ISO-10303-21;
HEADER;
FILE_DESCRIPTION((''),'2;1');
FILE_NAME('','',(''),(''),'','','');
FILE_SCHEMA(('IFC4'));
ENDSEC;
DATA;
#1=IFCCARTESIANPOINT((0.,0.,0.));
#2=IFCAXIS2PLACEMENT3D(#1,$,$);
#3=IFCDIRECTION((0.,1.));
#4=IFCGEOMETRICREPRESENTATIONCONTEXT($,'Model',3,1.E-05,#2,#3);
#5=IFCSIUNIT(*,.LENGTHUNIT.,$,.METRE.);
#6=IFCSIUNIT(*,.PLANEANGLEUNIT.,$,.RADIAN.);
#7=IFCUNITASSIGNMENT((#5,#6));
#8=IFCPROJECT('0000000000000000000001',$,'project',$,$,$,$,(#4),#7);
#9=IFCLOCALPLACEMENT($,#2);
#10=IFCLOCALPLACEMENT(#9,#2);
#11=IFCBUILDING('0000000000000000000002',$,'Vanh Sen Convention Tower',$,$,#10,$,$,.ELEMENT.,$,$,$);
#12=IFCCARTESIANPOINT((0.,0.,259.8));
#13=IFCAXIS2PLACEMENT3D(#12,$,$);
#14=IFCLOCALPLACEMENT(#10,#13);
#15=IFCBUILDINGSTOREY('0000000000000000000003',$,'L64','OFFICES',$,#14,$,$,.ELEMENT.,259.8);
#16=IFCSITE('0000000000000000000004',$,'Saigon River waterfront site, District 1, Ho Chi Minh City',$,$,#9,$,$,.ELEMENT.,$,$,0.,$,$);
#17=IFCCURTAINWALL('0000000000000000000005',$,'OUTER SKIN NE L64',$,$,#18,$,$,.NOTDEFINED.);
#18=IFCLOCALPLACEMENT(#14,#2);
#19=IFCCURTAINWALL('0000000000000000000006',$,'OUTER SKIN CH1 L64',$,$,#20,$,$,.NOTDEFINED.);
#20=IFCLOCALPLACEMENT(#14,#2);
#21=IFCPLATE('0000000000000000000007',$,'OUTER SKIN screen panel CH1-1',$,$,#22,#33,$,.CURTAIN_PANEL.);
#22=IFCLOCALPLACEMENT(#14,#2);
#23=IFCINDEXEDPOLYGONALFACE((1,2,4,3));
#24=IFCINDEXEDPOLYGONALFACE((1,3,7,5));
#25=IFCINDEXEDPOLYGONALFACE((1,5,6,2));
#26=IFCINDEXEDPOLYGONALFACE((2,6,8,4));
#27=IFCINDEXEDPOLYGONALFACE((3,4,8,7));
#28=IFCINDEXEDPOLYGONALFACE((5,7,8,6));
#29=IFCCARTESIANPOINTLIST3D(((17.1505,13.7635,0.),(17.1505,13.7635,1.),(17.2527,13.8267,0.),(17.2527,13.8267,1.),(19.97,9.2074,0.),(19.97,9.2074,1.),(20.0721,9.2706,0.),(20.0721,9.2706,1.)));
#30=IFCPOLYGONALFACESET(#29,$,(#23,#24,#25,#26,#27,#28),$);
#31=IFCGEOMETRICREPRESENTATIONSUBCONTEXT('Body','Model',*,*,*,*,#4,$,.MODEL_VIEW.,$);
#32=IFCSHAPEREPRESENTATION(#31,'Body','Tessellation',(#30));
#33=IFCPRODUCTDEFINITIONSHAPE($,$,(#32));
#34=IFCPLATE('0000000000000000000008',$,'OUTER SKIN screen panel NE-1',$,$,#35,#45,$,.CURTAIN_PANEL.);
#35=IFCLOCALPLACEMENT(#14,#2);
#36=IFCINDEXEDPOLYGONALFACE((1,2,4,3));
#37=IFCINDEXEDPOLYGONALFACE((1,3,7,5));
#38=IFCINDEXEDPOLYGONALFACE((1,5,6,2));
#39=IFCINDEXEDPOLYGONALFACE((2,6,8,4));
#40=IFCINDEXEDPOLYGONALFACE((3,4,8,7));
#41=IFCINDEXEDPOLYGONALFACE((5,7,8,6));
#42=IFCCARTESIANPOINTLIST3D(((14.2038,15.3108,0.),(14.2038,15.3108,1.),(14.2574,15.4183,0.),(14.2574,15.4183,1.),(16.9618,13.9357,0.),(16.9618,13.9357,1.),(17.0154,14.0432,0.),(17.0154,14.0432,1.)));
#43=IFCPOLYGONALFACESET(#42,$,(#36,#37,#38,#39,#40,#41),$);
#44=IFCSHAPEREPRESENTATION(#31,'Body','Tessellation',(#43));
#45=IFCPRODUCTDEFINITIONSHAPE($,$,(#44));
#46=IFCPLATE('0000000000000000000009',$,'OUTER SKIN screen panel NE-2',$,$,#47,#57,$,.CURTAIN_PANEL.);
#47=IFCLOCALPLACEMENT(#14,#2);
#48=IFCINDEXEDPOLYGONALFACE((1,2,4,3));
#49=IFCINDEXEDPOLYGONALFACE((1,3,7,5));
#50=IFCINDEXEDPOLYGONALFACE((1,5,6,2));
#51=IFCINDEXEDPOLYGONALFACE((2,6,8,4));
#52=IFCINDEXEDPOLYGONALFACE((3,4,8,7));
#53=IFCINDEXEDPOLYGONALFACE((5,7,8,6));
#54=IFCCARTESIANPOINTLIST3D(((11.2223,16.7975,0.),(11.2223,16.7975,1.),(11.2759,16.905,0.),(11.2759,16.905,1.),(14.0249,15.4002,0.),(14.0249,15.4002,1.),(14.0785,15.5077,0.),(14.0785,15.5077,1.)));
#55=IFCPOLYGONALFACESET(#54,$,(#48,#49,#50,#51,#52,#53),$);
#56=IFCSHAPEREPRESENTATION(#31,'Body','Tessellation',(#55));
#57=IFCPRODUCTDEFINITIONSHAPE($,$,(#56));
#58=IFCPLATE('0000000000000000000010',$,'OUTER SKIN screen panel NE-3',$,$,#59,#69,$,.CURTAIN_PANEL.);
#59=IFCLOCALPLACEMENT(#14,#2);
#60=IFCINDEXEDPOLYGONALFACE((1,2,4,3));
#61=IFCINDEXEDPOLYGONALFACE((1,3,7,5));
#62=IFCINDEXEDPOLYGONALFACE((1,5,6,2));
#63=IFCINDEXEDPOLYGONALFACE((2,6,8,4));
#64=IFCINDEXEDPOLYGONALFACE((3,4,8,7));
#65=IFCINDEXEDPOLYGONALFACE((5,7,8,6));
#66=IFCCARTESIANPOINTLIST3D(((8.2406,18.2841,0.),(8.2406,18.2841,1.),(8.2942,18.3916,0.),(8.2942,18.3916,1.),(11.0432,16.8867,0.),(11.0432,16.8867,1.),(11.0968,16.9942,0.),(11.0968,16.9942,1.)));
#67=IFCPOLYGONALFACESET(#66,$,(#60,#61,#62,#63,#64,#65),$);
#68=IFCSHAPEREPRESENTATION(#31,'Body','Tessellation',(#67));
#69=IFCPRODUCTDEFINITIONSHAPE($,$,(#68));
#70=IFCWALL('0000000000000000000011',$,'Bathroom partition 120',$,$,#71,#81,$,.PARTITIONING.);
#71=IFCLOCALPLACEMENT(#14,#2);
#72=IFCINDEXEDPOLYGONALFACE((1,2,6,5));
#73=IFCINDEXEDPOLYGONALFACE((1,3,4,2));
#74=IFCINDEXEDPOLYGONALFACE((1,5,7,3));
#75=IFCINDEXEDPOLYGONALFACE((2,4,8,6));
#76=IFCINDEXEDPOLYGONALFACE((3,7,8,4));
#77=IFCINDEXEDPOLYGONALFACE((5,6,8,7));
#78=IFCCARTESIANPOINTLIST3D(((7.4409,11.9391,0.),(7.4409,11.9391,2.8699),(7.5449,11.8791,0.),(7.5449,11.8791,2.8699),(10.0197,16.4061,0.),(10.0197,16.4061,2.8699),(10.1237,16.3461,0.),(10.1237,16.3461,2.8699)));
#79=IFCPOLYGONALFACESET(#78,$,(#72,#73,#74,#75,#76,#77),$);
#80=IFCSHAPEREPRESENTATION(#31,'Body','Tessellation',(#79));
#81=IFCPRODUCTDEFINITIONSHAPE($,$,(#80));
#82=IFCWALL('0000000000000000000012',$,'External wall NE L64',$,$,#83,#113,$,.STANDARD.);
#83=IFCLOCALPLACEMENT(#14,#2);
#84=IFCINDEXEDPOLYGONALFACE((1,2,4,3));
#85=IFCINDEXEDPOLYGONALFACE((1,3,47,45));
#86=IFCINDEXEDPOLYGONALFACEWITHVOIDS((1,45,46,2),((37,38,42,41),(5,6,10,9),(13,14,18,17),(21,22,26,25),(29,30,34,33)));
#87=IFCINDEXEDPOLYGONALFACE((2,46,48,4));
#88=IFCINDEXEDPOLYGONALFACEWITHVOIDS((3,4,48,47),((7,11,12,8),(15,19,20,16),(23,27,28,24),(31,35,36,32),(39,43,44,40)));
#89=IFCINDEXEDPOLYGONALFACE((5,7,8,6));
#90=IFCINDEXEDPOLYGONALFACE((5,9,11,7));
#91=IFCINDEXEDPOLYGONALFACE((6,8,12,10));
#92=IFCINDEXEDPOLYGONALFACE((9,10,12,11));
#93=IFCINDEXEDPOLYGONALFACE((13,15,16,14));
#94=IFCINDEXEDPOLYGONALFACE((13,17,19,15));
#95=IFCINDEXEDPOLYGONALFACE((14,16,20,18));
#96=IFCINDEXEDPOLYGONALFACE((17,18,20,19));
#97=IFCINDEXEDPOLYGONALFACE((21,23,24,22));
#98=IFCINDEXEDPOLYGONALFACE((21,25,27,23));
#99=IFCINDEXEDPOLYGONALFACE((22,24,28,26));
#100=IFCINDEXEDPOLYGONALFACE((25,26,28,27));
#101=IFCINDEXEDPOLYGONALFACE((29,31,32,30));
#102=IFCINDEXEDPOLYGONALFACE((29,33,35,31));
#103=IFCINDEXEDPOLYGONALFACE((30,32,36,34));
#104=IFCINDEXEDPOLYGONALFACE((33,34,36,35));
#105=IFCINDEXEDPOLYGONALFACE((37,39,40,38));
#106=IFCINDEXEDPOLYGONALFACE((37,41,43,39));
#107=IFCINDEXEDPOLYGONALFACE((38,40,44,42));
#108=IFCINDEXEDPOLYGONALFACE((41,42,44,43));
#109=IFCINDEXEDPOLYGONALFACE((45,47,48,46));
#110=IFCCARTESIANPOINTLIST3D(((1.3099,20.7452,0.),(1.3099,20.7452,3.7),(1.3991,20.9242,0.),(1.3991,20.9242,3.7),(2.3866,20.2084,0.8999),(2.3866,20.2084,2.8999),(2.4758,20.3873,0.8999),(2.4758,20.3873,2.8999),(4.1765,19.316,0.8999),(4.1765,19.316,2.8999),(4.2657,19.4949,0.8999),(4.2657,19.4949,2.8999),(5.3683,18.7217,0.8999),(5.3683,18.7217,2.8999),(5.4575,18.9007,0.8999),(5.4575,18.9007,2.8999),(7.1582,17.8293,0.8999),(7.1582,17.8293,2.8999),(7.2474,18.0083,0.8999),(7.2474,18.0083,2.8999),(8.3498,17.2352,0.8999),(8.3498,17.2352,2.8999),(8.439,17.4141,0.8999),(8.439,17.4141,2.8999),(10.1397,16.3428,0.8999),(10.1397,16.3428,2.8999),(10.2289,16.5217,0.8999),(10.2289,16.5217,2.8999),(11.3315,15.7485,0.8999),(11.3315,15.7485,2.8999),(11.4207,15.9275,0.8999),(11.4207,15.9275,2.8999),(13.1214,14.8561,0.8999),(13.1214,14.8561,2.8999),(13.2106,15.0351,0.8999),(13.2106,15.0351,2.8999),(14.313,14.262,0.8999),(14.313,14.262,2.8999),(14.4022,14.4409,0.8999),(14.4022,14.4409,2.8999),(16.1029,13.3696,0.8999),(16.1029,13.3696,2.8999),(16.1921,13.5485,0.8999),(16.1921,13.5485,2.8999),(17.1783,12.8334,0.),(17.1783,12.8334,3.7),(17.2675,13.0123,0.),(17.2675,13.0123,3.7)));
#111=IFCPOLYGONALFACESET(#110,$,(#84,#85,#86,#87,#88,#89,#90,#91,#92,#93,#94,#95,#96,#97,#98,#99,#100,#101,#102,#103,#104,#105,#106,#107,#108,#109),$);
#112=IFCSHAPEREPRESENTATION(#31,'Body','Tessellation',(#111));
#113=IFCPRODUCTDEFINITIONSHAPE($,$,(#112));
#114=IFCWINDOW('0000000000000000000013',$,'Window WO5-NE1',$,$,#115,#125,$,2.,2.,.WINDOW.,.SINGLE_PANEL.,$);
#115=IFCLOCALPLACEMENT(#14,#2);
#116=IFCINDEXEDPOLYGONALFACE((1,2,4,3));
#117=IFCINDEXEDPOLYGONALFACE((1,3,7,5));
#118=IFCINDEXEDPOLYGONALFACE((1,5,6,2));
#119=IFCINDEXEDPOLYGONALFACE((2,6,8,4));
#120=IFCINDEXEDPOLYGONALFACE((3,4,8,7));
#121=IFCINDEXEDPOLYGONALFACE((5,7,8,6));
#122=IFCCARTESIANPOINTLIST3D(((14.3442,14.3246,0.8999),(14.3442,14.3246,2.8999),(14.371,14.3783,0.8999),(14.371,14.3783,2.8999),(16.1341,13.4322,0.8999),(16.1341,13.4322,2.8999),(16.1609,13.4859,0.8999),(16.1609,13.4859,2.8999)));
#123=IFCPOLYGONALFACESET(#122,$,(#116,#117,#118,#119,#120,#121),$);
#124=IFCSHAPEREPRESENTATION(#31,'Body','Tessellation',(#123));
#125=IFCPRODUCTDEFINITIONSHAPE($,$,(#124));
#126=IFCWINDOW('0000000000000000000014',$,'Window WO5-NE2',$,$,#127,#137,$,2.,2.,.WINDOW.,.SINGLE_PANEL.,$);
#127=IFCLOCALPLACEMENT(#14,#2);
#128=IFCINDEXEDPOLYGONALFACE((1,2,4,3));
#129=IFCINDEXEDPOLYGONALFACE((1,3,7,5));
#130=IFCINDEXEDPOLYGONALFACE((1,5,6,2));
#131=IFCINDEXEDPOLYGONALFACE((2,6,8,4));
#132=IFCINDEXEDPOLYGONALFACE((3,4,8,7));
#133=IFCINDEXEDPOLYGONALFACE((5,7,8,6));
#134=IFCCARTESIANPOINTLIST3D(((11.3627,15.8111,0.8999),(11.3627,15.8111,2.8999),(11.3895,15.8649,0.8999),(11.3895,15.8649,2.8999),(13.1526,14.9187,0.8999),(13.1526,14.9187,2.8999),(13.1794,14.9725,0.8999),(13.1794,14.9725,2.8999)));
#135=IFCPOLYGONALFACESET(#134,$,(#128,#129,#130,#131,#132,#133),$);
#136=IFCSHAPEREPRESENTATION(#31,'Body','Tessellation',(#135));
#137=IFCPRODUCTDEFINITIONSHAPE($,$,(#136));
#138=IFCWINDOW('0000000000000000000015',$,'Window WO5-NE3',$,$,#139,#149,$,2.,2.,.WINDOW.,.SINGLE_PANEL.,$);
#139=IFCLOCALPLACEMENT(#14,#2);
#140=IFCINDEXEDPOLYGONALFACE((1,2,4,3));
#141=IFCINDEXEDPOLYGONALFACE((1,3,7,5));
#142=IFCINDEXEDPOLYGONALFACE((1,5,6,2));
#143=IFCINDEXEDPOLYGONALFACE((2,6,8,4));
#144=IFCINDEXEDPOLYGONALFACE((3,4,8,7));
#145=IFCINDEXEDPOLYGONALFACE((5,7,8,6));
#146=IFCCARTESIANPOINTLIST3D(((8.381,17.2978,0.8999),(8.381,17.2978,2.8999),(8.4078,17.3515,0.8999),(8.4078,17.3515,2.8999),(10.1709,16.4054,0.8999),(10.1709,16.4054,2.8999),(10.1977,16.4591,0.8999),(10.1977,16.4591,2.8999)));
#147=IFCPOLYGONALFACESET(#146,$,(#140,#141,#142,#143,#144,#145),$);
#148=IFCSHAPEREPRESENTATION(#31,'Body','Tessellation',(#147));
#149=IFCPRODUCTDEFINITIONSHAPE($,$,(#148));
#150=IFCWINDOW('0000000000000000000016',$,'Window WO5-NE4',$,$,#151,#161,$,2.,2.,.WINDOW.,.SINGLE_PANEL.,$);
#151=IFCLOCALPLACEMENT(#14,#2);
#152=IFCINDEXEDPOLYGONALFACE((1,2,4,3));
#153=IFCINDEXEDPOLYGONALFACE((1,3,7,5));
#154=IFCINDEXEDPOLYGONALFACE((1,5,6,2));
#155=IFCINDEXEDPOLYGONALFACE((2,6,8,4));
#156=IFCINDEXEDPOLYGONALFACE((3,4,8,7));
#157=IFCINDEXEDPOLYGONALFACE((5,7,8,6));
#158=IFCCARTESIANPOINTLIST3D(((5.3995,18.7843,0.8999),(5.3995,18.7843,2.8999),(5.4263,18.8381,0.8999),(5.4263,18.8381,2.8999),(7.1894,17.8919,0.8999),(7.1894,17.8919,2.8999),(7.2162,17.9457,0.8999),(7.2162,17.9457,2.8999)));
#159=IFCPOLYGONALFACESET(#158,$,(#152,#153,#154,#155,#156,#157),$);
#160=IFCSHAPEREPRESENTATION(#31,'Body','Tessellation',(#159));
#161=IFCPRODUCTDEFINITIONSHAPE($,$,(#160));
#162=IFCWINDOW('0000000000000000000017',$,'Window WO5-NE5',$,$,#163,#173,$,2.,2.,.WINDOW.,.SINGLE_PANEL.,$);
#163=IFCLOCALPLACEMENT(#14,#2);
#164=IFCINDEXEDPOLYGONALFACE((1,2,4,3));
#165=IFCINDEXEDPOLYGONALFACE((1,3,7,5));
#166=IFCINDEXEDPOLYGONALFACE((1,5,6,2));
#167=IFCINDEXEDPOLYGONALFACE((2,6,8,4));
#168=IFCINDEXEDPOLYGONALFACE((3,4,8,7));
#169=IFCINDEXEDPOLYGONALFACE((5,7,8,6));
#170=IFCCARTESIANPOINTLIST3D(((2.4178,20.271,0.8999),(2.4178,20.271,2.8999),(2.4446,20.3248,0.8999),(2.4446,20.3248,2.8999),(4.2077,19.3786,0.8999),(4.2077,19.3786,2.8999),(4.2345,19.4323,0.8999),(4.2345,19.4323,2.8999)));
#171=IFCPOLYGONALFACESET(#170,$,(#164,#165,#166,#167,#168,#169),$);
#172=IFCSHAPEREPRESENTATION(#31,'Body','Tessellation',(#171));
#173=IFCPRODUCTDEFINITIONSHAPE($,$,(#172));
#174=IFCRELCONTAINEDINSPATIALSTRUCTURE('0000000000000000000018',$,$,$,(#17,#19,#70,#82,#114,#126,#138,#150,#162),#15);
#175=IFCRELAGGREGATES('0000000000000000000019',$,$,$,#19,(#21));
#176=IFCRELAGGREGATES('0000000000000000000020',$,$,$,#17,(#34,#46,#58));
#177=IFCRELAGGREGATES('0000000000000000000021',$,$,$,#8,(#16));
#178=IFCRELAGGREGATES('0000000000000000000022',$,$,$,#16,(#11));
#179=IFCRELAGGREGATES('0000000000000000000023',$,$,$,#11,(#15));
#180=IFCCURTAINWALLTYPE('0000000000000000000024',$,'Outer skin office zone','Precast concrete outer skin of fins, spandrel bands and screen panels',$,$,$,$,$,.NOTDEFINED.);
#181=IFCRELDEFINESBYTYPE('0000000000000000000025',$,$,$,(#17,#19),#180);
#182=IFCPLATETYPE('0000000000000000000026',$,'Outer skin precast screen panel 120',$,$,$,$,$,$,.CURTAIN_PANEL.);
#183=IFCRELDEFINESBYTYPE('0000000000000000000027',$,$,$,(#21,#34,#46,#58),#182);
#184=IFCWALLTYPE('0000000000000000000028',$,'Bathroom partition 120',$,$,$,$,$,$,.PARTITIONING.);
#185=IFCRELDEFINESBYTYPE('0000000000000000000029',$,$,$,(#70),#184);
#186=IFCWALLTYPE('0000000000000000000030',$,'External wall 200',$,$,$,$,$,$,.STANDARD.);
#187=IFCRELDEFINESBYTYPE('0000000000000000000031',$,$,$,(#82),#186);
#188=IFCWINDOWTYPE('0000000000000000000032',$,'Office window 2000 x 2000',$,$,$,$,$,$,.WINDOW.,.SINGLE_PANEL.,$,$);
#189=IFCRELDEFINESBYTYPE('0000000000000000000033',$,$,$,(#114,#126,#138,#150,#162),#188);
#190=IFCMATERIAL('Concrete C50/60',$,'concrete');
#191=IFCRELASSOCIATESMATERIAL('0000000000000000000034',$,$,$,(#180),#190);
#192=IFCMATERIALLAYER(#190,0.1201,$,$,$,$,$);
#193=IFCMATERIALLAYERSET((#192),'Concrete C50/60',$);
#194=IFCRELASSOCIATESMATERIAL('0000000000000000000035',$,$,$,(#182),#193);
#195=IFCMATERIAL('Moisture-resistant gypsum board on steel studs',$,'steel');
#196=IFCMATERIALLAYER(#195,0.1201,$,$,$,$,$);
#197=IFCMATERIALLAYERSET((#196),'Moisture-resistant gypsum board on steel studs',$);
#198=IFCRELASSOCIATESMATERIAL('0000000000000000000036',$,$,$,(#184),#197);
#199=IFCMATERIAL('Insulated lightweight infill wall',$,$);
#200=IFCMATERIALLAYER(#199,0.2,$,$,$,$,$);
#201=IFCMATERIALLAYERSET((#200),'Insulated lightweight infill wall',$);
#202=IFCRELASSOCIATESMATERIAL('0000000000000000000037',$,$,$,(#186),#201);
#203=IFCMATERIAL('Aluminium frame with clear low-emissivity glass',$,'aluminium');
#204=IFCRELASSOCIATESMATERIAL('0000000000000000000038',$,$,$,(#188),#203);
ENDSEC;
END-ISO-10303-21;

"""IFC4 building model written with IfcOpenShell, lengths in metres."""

from ifc_helpers import new_model, si_unit, direction, frame, frame_2d, origin, origin_2d, place, context, subcontext, project, spatial, rectangle, extrude, material, layer, layer_set, type_object, element, fill, aggregate, save


model = new_model("IFC4")

# Units and contexts
model_context = context("Model", 3, precision=1e-05, world=origin(), true_north=direction((0.0, 1.0)))
body_context = subcontext(model_context, "Body", "Model", "MODEL_VIEW")
ifc_project = project(units=[si_unit("LENGTHUNIT", "METRE"), si_unit("PLANEANGLEUNIT", "RADIAN")], contexts=[model_context])

# Site, building, storey
site_placement = place(None, origin())
site = spatial("IfcSite", under=ifc_project, at=site_placement, Name="Saigon River waterfront site, District 1, Ho Chi Minh City", CompositionType="ELEMENT", RefElevation=0.0)
building_placement = place(site_placement, origin())
building = spatial("IfcBuilding", under=site, at=building_placement, Name="Vanh Sen Convention Tower", CompositionType="ELEMENT")
storey_placement = place(building_placement, frame((0.0, 0.0, 259.8)))
storey = spatial("IfcBuildingStorey", under=building, at=storey_placement, Name="L64", Description="OFFICES", CompositionType="ELEMENT", Elevation=259.8)

# Curtain wall
ifc_material_1 = material(Name="Concrete C50/60", Category="concrete")
curtain_wall_type = type_object("IfcCurtainWallType", Name="Outer skin office zone", Description="Precast concrete outer skin of fins, spandrel bands and screen panels", PredefinedType="NOTDEFINED", material=ifc_material_1)
curtain_wall_1_placement = place(storey_placement, origin())
curtain_wall_1 = element("IfcCurtainWall", 1, at=curtain_wall_1_placement, inside=storey, type_object=curtain_wall_type, Name="OUTER SKIN NE L64", PredefinedType="NOTDEFINED")

# Curtain wall, plate
curtain_wall_2_placement = place(storey_placement, origin())
curtain_wall_2 = element("IfcCurtainWall", 2, at=curtain_wall_2_placement, inside=storey, type_object=curtain_wall_type, Name="OUTER SKIN CH1 L64", PredefinedType="NOTDEFINED")
ifc_layer_1 = layer(ifc_material_1, 0.1201)
ifc_layer_set_1 = layer_set([ifc_layer_1], Name="Concrete C50/60")
plate_type = type_object("IfcPlateType", Name="Outer skin precast screen panel 120", PredefinedType="CURTAIN_PANEL", material=ifc_layer_set_1)
plate_1_placement = place(storey_placement, frame((18.6113, 11.5171, 0.0), z_axis=(0.0, 0.0, 1.0), x_axis=(-0.526218, 0.850349, 0.0)))
plate_1 = element("IfcPlate", 3, at=plate_1_placement, type_object=plate_type, Name="OUTER SKIN screen panel CH1-1", PredefinedType="CURTAIN_PANEL", context=body_context, shape_type="SweptSolid", body=[
    extrude(rectangle(XDim=5.3579, YDim=0.1201, at=origin_2d()), origin(), (0.0, 0.0, 1.0), 1.0),
])
aggregate(curtain_wall_2, [plate_1])

# Plates
plate_2_placement = place(storey_placement, frame((15.6096, 14.677, 0.0), z_axis=(0.0, 0.0, 1.0), x_axis=(-0.894931, 0.446204, 0.0)))
plate_2 = element("IfcPlate", 4, at=plate_2_placement, type_object=plate_type, Name="OUTER SKIN screen panel NE-1", PredefinedType="CURTAIN_PANEL", context=body_context, shape_type="SweptSolid", body=[
    extrude(rectangle(XDim=3.0818, YDim=0.1201, at=origin_2d()), origin(), (0.0, 0.0, 1.0), 1.0),
])
plate_3_placement = place(storey_placement, frame((12.6504, 16.1526, 0.0), z_axis=(0.0, 0.0, 1.0), x_axis=(-0.894931, 0.446204, 0.0)))
plate_3 = element("IfcPlate", 5, at=plate_3_placement, type_object=plate_type, Name="OUTER SKIN screen panel NE-2", PredefinedType="CURTAIN_PANEL", context=body_context, shape_type="SweptSolid", body=[
    extrude(rectangle(XDim=3.1316, YDim=0.1201, at=origin_2d()), origin(), (0.0, 0.0, 1.0), 1.0),
])
plate_4_placement = place(storey_placement, frame((9.6687, 17.6392, 0.0), z_axis=(0.0, 0.0, 1.0), x_axis=(-0.894931, 0.446204, 0.0)))
plate_4 = element("IfcPlate", 6, at=plate_4_placement, type_object=plate_type, Name="OUTER SKIN screen panel NE-3", PredefinedType="CURTAIN_PANEL", context=body_context, shape_type="SweptSolid", body=[
    extrude(rectangle(XDim=3.1316, YDim=0.1201, at=origin_2d()), origin(), (0.0, 0.0, 1.0), 1.0),
])
aggregate(curtain_wall_1, [plate_2, plate_3, plate_4])

# Wall
ifc_material_2 = material(Name="Moisture-resistant gypsum board on steel studs", Category="steel")
ifc_layer_2 = layer(ifc_material_2, 0.1201)
ifc_layer_set_2 = layer_set([ifc_layer_2], Name="Moisture-resistant gypsum board on steel studs")
wall_type_1 = type_object("IfcWallType", Name="Bathroom partition 120", PredefinedType="PARTITIONING", material=ifc_layer_set_2)
wall_1_placement = place(storey_placement, frame((10.0718, 16.3762, 0.0), z_axis=(0.0, 0.0, 1.0), x_axis=(-0.499972, -0.866041, 0.0)))
element("IfcWall", 7, at=wall_1_placement, inside=storey, type_object=wall_type_1, Name="Bathroom partition 120", PredefinedType="PARTITIONING", context=body_context, shape_type="SweptSolid", body=[
    extrude(rectangle(XDim=5.158, YDim=0.1201, at=frame_2d((2.5791, 0.0))), origin(), (0.0, 0.0, 1.0), 2.8699),
])

# Wall, openings, windows
ifc_material_3 = material(Name="Insulated lightweight infill wall")
ifc_layer_3 = layer(ifc_material_3, 0.2)
ifc_layer_set_3 = layer_set([ifc_layer_3], Name="Insulated lightweight infill wall")
wall_type_2 = type_object("IfcWallType", Name="External wall 200", PredefinedType="STANDARD", material=ifc_layer_set_3)
wall_2_placement = place(storey_placement, frame((17.2229, 12.9229, 0.0), z_axis=(0.0, 0.0, 1.0), x_axis=(-0.894931, 0.446205, 0.0)))
wall_2 = element("IfcWall", 8, at=wall_2_placement, inside=storey, type_object=wall_type_2, Name="External wall NE L64", PredefinedType="STANDARD", context=body_context, shape_type="SweptSolid", body=[
    extrude(rectangle(XDim=17.7314, YDim=0.2, at=frame_2d((8.8657, 0.0))), origin(), (0.0, 0.0, 1.0), 3.7),
])
opening_1_placement = place(wall_2_placement, frame((1.2017, 0.0, 0.8999)))
opening_1 = element("IfcOpeningElement", 9, at=opening_1_placement, cuts=wall_2, PredefinedType="OPENING", context=body_context, shape_type="SweptSolid", body=[
    extrude(rectangle(XDim=2.0, YDim=2.0, at=frame_2d((1.0, 1.0))), frame((0.0, 0.1099, 0.0), z_axis=(0.0, -1.0, 0.0), x_axis=(1.0, 0.0, 0.0)), (0.0, 0.0, 1.0), 0.22),
])
opening_2_placement = place(wall_2_placement, frame((4.5332, 0.0, 0.8999)))
opening_2 = element("IfcOpeningElement", 10, at=opening_2_placement, cuts=wall_2, PredefinedType="OPENING", context=body_context, shape_type="SweptSolid", body=[
    extrude(rectangle(XDim=2.0, YDim=2.0, at=frame_2d((1.0, 1.0))), frame((0.0, 0.1099, 0.0), z_axis=(0.0, -1.0, 0.0), x_axis=(1.0, 0.0, 0.0)), (0.0, 0.0, 1.0), 0.22),
])
opening_3_placement = place(wall_2_placement, frame((7.865, 0.0, 0.8999)))
opening_3 = element("IfcOpeningElement", 11, at=opening_3_placement, cuts=wall_2, PredefinedType="OPENING", context=body_context, shape_type="SweptSolid", body=[
    extrude(rectangle(XDim=2.0, YDim=2.0, at=frame_2d((1.0, 1.0))), frame((0.0, 0.1099, 0.0), z_axis=(0.0, -1.0, 0.0), x_axis=(1.0, 0.0, 0.0)), (0.0, 0.0, 1.0), 0.22),
])
opening_4_placement = place(wall_2_placement, frame((11.1965, 0.0, 0.8999)))
opening_4 = element("IfcOpeningElement", 12, at=opening_4_placement, cuts=wall_2, PredefinedType="OPENING", context=body_context, shape_type="SweptSolid", body=[
    extrude(rectangle(XDim=2.0, YDim=2.0, at=frame_2d((1.0, 1.0))), frame((0.0, 0.1099, 0.0), z_axis=(0.0, -1.0, 0.0), x_axis=(1.0, 0.0, 0.0)), (0.0, 0.0, 1.0), 0.22),
])
opening_5_placement = place(wall_2_placement, frame((14.5283, 0.0, 0.8999)))
opening_5 = element("IfcOpeningElement", 13, at=opening_5_placement, cuts=wall_2, PredefinedType="OPENING", context=body_context, shape_type="SweptSolid", body=[
    extrude(rectangle(XDim=2.0, YDim=2.0, at=frame_2d((1.0, 1.0))), frame((0.0, 0.1099, 0.0), z_axis=(0.0, -1.0, 0.0), x_axis=(1.0, 0.0, 0.0)), (0.0, 0.0, 1.0), 0.22),
])
ifc_material_4 = material(Name="Aluminium frame with clear low-emissivity glass", Category="aluminium")
window_type = type_object("IfcWindowType", Name="Office window 2000 x 2000", PartitioningType="SINGLE_PANEL", PredefinedType="WINDOW", material=ifc_material_4)
window_1_placement = place(opening_1_placement, origin())
window_1 = element("IfcWindow", 14, at=window_1_placement, inside=storey, type_object=window_type, Name="Window WO5-NE1", OverallHeight=2.0, OverallWidth=2.0, PartitioningType="SINGLE_PANEL", PredefinedType="WINDOW", context=body_context, shape_type="SweptSolid", body=[
    extrude(rectangle(XDim=2.0, YDim=2.0, at=frame_2d((1.0, 1.0))), frame((0.0, 0.03, 0.0), z_axis=(0.0, -1.0, 0.0), x_axis=(1.0, 0.0, 0.0)), (0.0, 0.0, 1.0), 0.0601),
])
fill(opening_1, window_1)
window_2_placement = place(opening_2_placement, origin())
window_2 = element("IfcWindow", 15, at=window_2_placement, inside=storey, type_object=window_type, Name="Window WO5-NE2", OverallHeight=2.0, OverallWidth=2.0, PartitioningType="SINGLE_PANEL", PredefinedType="WINDOW", context=body_context, shape_type="SweptSolid", body=[
    extrude(rectangle(XDim=2.0, YDim=2.0, at=frame_2d((1.0, 1.0))), frame((0.0, 0.03, 0.0), z_axis=(0.0, -1.0, 0.0), x_axis=(1.0, 0.0, 0.0)), (0.0, 0.0, 1.0), 0.0601),
])
fill(opening_2, window_2)
window_3_placement = place(opening_3_placement, origin())
window_3 = element("IfcWindow", 16, at=window_3_placement, inside=storey, type_object=window_type, Name="Window WO5-NE3", OverallHeight=2.0, OverallWidth=2.0, PartitioningType="SINGLE_PANEL", PredefinedType="WINDOW", context=body_context, shape_type="SweptSolid", body=[
    extrude(rectangle(XDim=2.0, YDim=2.0, at=frame_2d((1.0, 1.0))), frame((0.0, 0.03, 0.0), z_axis=(0.0, -1.0, 0.0), x_axis=(1.0, 0.0, 0.0)), (0.0, 0.0, 1.0), 0.0601),
])
fill(opening_3, window_3)
window_4_placement = place(opening_4_placement, origin())
window_4 = element("IfcWindow", 17, at=window_4_placement, inside=storey, type_object=window_type, Name="Window WO5-NE4", OverallHeight=2.0, OverallWidth=2.0, PartitioningType="SINGLE_PANEL", PredefinedType="WINDOW", context=body_context, shape_type="SweptSolid", body=[
    extrude(rectangle(XDim=2.0, YDim=2.0, at=frame_2d((1.0, 1.0))), frame((0.0, 0.03, 0.0), z_axis=(0.0, -1.0, 0.0), x_axis=(1.0, 0.0, 0.0)), (0.0, 0.0, 1.0), 0.0601),
])
fill(opening_4, window_4)
window_5_placement = place(opening_5_placement, origin())
window_5 = element("IfcWindow", 18, at=window_5_placement, inside=storey, type_object=window_type, Name="Window WO5-NE5", OverallHeight=2.0, OverallWidth=2.0, PartitioningType="SINGLE_PANEL", PredefinedType="WINDOW", context=body_context, shape_type="SweptSolid", body=[
    extrude(rectangle(XDim=2.0, YDim=2.0, at=frame_2d((1.0, 1.0))), frame((0.0, 0.03, 0.0), z_axis=(0.0, -1.0, 0.0), x_axis=(1.0, 0.0, 0.0)), (0.0, 0.0, 1.0), 0.0601),
])
fill(opening_5, window_5)

save(model, "model.ifc")
